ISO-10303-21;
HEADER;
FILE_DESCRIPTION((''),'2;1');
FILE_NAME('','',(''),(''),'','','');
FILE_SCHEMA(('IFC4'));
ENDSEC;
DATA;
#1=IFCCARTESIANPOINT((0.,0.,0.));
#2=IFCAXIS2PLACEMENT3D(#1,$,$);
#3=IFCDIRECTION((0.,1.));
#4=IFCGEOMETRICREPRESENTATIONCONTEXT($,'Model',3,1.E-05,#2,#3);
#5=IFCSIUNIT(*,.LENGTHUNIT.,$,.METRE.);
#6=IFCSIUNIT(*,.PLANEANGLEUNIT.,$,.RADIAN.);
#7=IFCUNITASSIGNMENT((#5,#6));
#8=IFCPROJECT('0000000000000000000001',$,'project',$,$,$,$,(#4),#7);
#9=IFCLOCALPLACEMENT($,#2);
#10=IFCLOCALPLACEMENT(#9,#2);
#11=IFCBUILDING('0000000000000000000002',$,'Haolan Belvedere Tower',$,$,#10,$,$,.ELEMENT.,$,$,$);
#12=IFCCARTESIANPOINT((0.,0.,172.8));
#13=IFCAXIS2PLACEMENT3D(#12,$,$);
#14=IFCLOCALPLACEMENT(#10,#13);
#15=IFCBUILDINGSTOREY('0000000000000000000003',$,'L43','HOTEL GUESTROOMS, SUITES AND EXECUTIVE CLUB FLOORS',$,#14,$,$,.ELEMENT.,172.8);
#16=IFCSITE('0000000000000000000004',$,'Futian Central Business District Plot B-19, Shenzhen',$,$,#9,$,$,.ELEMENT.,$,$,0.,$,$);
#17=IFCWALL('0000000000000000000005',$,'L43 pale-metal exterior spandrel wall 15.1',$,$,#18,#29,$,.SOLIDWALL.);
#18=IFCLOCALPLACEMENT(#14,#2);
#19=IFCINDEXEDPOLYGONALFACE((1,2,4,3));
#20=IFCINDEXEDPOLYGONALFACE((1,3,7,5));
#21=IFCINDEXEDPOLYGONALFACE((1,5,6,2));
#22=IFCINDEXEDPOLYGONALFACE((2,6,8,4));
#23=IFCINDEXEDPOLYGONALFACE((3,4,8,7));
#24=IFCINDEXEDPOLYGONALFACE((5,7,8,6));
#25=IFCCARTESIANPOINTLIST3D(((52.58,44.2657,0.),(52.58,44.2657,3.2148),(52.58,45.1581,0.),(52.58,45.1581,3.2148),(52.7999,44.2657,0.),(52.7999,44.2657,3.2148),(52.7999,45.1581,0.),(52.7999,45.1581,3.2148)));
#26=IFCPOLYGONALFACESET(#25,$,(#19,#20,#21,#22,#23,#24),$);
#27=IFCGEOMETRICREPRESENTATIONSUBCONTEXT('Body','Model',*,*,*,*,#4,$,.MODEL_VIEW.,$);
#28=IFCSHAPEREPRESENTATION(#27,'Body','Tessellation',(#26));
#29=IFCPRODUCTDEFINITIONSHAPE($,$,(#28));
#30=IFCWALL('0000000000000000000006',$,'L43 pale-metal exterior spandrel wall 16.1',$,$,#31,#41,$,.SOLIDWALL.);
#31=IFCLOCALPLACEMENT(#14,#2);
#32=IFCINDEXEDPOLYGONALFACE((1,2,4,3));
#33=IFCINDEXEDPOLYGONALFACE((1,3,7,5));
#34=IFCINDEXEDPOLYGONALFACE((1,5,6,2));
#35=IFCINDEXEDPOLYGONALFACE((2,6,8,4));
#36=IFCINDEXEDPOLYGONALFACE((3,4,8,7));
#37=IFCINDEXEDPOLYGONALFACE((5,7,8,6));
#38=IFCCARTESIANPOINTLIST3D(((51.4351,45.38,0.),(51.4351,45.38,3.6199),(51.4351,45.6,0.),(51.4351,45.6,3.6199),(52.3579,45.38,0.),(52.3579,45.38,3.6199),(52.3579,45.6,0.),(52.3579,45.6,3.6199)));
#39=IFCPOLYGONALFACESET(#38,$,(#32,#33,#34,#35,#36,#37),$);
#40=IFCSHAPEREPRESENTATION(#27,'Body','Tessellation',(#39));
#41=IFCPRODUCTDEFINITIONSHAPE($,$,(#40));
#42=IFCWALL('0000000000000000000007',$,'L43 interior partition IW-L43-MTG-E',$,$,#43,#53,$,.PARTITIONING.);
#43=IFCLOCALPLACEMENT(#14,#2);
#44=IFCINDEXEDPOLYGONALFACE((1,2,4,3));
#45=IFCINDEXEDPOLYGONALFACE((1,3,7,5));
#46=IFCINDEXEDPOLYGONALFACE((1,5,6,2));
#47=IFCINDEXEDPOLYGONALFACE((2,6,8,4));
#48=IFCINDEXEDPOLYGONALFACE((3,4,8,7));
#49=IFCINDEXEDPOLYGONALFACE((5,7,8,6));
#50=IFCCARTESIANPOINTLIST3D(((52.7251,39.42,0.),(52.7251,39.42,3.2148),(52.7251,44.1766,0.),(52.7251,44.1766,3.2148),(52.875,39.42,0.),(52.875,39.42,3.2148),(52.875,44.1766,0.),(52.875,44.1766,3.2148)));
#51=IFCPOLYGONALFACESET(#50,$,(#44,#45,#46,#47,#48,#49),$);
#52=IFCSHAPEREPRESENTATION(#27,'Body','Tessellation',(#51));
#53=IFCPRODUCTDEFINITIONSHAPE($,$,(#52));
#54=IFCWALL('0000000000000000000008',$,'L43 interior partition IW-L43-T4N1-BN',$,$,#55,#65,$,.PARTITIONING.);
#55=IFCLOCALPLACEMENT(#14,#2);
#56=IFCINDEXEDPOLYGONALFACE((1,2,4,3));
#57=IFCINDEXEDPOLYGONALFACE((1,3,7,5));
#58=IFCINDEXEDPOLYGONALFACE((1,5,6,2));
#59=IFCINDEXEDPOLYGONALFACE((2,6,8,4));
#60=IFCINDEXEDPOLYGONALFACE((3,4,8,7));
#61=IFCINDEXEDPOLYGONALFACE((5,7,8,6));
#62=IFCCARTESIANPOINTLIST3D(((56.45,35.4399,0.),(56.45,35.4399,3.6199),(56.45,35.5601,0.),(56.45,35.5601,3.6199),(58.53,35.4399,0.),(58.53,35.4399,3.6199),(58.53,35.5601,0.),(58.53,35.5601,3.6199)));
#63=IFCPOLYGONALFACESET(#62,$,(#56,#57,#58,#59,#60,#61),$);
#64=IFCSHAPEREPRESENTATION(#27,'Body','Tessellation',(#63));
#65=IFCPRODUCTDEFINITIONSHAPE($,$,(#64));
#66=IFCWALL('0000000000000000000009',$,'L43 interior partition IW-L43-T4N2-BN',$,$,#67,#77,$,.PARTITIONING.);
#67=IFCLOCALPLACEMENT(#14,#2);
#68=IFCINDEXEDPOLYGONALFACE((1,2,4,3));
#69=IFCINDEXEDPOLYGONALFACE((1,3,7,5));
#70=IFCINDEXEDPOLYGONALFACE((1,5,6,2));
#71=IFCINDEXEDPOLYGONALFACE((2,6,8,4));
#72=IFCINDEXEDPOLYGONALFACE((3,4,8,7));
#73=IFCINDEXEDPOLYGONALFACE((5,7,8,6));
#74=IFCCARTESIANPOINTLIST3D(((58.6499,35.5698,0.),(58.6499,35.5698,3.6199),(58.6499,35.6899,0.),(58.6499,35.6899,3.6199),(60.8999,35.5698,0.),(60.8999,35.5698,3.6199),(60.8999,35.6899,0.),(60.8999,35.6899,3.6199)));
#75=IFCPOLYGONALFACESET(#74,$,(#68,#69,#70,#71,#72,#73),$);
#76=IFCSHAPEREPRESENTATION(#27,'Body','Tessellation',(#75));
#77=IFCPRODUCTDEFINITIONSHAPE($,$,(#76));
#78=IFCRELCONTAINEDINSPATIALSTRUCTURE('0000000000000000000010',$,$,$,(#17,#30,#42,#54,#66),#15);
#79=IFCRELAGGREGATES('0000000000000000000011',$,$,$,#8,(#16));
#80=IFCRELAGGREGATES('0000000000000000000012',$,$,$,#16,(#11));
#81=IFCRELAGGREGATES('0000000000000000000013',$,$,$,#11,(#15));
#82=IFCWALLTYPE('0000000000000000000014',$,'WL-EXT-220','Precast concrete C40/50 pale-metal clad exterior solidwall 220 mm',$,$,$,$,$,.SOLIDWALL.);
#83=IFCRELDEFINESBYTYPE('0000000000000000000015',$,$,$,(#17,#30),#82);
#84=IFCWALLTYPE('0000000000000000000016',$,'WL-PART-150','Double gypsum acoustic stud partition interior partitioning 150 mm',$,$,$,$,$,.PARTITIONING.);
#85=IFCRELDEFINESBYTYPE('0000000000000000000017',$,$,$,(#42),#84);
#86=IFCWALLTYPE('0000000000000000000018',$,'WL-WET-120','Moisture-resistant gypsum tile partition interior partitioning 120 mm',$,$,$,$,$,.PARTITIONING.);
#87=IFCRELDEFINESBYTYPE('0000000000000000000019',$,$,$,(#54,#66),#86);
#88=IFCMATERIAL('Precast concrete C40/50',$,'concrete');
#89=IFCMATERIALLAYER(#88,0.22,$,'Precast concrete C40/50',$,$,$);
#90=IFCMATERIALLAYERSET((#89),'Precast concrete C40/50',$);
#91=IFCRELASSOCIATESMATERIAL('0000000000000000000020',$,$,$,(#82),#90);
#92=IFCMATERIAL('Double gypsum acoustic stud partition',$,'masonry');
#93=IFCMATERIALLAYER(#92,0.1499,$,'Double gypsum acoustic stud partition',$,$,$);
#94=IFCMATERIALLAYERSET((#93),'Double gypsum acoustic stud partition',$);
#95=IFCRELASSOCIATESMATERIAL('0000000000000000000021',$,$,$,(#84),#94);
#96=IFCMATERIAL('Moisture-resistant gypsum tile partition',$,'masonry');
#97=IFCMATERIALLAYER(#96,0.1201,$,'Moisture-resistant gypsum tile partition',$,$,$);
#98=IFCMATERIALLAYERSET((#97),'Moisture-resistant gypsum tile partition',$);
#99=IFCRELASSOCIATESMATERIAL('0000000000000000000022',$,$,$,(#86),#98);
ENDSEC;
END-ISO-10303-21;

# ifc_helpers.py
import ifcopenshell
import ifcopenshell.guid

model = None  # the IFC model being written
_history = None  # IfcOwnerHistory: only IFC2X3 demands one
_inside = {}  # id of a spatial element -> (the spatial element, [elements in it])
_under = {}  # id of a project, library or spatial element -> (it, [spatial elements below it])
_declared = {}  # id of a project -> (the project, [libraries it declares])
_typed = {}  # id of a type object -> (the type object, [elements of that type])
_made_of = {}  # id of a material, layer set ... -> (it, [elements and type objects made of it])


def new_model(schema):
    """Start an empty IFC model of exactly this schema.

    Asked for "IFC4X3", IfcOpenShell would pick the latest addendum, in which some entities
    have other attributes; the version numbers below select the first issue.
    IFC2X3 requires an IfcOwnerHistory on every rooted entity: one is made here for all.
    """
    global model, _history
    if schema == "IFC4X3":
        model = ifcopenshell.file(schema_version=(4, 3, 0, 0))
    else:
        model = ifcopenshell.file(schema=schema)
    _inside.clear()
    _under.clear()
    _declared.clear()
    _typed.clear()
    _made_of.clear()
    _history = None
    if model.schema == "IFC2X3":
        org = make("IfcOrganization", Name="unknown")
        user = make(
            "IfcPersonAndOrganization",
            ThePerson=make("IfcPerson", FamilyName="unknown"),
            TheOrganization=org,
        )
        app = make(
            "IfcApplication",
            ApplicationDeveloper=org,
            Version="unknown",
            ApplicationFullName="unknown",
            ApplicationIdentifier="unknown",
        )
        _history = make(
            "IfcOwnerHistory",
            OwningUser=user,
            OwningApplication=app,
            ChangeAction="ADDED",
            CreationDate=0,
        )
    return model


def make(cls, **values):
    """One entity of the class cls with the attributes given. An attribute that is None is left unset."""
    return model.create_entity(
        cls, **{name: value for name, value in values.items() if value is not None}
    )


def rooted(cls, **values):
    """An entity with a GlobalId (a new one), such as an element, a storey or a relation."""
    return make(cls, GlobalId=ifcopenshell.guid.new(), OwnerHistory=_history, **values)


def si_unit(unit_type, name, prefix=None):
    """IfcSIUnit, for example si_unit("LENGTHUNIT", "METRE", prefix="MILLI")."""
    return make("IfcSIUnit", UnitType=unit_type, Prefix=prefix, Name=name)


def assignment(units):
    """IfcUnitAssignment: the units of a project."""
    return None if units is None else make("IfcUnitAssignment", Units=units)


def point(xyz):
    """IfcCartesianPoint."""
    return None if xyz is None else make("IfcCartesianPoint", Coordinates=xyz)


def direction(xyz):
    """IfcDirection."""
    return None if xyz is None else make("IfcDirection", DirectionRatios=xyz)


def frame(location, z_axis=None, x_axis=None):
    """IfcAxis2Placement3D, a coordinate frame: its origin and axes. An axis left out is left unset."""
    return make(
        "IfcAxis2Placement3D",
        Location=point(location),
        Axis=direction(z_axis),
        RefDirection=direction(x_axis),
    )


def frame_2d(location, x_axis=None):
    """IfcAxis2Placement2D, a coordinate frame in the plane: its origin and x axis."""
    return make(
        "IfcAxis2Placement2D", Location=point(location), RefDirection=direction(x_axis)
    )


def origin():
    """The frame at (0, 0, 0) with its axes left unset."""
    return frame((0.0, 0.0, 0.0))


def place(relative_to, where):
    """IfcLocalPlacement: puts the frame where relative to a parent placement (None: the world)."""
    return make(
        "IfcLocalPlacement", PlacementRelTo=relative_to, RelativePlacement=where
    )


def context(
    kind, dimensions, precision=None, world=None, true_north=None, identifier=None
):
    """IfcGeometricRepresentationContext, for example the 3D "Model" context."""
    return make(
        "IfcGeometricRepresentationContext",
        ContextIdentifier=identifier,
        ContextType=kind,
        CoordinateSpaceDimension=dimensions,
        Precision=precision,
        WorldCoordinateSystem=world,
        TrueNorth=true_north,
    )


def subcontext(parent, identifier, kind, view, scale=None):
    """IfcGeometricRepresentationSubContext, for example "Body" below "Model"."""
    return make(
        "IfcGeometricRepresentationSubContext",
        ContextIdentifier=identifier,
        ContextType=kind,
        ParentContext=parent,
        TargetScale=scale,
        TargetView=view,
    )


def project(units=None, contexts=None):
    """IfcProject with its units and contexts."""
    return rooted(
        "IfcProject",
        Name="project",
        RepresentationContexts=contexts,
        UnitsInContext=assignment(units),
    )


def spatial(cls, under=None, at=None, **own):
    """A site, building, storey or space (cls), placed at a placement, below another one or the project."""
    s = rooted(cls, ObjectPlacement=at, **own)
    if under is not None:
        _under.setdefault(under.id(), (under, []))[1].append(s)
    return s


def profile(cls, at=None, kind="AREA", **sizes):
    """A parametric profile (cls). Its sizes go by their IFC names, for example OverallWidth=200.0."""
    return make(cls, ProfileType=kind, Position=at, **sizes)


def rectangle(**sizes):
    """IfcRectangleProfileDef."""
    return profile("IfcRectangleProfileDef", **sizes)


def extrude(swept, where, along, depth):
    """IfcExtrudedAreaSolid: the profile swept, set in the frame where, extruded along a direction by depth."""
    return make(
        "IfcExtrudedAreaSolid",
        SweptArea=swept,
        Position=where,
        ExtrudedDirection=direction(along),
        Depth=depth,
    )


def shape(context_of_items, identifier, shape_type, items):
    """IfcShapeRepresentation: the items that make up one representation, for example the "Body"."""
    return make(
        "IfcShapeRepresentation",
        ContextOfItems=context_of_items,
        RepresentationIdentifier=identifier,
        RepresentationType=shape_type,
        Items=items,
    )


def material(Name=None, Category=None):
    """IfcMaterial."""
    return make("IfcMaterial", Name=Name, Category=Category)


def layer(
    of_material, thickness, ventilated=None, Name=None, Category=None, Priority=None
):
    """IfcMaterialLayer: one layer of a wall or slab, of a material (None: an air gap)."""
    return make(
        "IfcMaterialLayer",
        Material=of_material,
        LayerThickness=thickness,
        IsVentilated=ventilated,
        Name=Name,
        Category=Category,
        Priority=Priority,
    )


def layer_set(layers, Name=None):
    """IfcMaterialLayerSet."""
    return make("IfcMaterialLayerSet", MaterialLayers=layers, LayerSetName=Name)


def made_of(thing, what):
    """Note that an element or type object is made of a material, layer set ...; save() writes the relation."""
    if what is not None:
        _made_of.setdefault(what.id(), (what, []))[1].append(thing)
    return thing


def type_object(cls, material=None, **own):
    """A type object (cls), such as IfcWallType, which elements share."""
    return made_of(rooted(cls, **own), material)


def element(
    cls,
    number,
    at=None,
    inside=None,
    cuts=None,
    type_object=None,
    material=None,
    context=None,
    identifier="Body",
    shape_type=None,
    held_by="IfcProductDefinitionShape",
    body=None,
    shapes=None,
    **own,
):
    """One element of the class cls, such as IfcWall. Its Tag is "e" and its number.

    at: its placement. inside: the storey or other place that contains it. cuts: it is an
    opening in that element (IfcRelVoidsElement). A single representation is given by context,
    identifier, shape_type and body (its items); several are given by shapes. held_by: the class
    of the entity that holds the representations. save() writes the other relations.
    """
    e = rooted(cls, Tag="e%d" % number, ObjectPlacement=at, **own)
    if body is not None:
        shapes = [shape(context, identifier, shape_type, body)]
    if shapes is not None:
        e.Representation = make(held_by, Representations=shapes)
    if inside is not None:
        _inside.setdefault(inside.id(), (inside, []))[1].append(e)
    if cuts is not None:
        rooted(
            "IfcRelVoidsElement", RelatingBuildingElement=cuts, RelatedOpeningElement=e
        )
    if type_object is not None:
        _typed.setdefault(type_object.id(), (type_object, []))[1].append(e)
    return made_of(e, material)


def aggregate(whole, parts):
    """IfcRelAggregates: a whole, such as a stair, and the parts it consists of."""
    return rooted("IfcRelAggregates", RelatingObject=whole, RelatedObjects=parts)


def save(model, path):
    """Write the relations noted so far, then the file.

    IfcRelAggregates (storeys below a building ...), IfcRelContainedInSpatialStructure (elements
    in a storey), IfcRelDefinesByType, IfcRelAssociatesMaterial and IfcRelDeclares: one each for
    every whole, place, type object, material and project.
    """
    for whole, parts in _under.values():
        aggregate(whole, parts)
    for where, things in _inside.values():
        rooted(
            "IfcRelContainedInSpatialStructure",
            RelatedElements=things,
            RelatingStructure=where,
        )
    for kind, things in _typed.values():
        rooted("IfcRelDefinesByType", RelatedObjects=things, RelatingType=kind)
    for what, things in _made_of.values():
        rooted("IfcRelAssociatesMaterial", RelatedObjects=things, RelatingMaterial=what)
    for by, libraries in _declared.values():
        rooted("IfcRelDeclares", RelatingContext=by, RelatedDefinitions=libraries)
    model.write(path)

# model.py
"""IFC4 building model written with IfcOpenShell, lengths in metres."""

from ifc_helpers import new_model, si_unit, direction, frame, frame_2d, origin, place, context, subcontext, project, spatial, rectangle, extrude, material, layer, layer_set, type_object, element, save


model = new_model("IFC4")

# Units and contexts
model_context = context("Model", 3, precision=1e-05, world=origin(), true_north=direction((0.0, 1.0)))
body_context = subcontext(model_context, "Body", "Model", "MODEL_VIEW")
ifc_project = project(units=[si_unit("LENGTHUNIT", "METRE"), si_unit("PLANEANGLEUNIT", "RADIAN")], contexts=[model_context])

# Site, building, storey
site_placement = place(None, origin())
site = spatial("IfcSite", under=ifc_project, at=site_placement, Name="Futian Central Business District Plot B-19, Shenzhen", CompositionType="ELEMENT", RefElevation=0.0)
building_placement = place(site_placement, origin())
building = spatial("IfcBuilding", under=site, at=building_placement, Name="Haolan Belvedere Tower", CompositionType="ELEMENT")
storey_placement = place(building_placement, frame((0.0, 0.0, 172.8)))
storey = spatial("IfcBuildingStorey", under=building, at=storey_placement, Name="L43", Description="HOTEL GUESTROOMS, SUITES AND EXECUTIVE CLUB FLOORS", CompositionType="ELEMENT", Elevation=172.8)

# Shared definitions
ifc_material_1 = material(Name="Precast concrete C40/50", Category="concrete")
ifc_layer_1 = layer(ifc_material_1, 0.22, Name="Precast concrete C40/50")
ifc_layer_set_1 = layer_set([ifc_layer_1], Name="Precast concrete C40/50")
wall_type_1 = type_object("IfcWallType", Name="WL-EXT-220", Description="Precast concrete C40/50 pale-metal clad exterior solidwall 220 mm", PredefinedType="SOLIDWALL", material=ifc_layer_set_1)

# Walls
wall_1_placement = place(storey_placement, frame((52.6899, 44.2656, 0.0), z_axis=(0.0, 0.0, 1.0), x_axis=(0.0, 1.0, 0.0)))
element("IfcWall", 1, at=wall_1_placement, inside=storey, type_object=wall_type_1, Name="L43 pale-metal exterior spandrel wall 15.1", PredefinedType="SOLIDWALL", context=body_context, shape_type="SweptSolid", body=[
    extrude(rectangle(XDim=0.8923, YDim=0.22, at=frame_2d((0.4463, 0.0))), origin(), (0.0, 0.0, 1.0), 3.2148),
])
wall_2_placement = place(storey_placement, frame((52.3579, 45.49, 0.0), z_axis=(0.0, 0.0, 1.0), x_axis=(-1.0, 0.0, 0.0)))
element("IfcWall", 2, at=wall_2_placement, inside=storey, type_object=wall_type_1, Name="L43 pale-metal exterior spandrel wall 16.1", PredefinedType="SOLIDWALL", context=body_context, shape_type="SweptSolid", body=[
    extrude(rectangle(XDim=0.9229, YDim=0.22, at=frame_2d((0.4614, 0.0))), origin(), (0.0, 0.0, 1.0), 3.6199),
])
ifc_material_2 = material(Name="Double gypsum acoustic stud partition", Category="masonry")
ifc_layer_2 = layer(ifc_material_2, 0.1499, Name="Double gypsum acoustic stud partition")
ifc_layer_set_2 = layer_set([ifc_layer_2], Name="Double gypsum acoustic stud partition")
wall_type_2 = type_object("IfcWallType", Name="WL-PART-150", Description="Double gypsum acoustic stud partition interior partitioning 150 mm", PredefinedType="PARTITIONING", material=ifc_layer_set_2)
wall_3_placement = place(storey_placement, frame((52.8, 39.4199, 0.0), z_axis=(0.0, 0.0, 1.0), x_axis=(0.0, 1.0, 0.0)))
element("IfcWall", 3, at=wall_3_placement, inside=storey, type_object=wall_type_2, Name="L43 interior partition IW-L43-MTG-E", PredefinedType="PARTITIONING", context=body_context, shape_type="SweptSolid", body=[
    extrude(rectangle(XDim=4.7566, YDim=0.1499, at=frame_2d((2.3784, 0.0))), origin(), (0.0, 0.0, 1.0), 3.2148),
])
ifc_material_3 = material(Name="Moisture-resistant gypsum tile partition", Category="masonry")
ifc_layer_3 = layer(ifc_material_3, 0.1201, Name="Moisture-resistant gypsum tile partition")
ifc_layer_set_3 = layer_set([ifc_layer_3], Name="Moisture-resistant gypsum tile partition")
wall_type_3 = type_object("IfcWallType", Name="WL-WET-120", Description="Moisture-resistant gypsum tile partition interior partitioning 120 mm", PredefinedType="PARTITIONING", material=ifc_layer_set_3)
wall_4_placement = place(storey_placement, frame((56.45, 35.5, 0.0), z_axis=(0.0, 0.0, 1.0), x_axis=(1.0, 0.0, 0.0)))
element("IfcWall", 4, at=wall_4_placement, inside=storey, type_object=wall_type_3, Name="L43 interior partition IW-L43-T4N1-BN", PredefinedType="PARTITIONING", context=body_context, shape_type="SweptSolid", body=[
    extrude(rectangle(XDim=2.0801, YDim=0.1201, at=frame_2d((1.04, 0.0))), origin(), (0.0, 0.0, 1.0), 3.6199),
])
wall_5_placement = place(storey_placement, frame((58.6499, 35.6299, 0.0), z_axis=(0.0, 0.0, 1.0), x_axis=(1.0, 0.0, 0.0)))
element("IfcWall", 5, at=wall_5_placement, inside=storey, type_object=wall_type_3, Name="L43 interior partition IW-L43-T4N2-BN", PredefinedType="PARTITIONING", context=body_context, shape_type="SweptSolid", body=[
    extrude(rectangle(XDim=2.25, YDim=0.1201, at=frame_2d((1.125, 0.0))), origin(), (0.0, 0.0, 1.0), 3.6199),
])

save(model, "model.ifc")
